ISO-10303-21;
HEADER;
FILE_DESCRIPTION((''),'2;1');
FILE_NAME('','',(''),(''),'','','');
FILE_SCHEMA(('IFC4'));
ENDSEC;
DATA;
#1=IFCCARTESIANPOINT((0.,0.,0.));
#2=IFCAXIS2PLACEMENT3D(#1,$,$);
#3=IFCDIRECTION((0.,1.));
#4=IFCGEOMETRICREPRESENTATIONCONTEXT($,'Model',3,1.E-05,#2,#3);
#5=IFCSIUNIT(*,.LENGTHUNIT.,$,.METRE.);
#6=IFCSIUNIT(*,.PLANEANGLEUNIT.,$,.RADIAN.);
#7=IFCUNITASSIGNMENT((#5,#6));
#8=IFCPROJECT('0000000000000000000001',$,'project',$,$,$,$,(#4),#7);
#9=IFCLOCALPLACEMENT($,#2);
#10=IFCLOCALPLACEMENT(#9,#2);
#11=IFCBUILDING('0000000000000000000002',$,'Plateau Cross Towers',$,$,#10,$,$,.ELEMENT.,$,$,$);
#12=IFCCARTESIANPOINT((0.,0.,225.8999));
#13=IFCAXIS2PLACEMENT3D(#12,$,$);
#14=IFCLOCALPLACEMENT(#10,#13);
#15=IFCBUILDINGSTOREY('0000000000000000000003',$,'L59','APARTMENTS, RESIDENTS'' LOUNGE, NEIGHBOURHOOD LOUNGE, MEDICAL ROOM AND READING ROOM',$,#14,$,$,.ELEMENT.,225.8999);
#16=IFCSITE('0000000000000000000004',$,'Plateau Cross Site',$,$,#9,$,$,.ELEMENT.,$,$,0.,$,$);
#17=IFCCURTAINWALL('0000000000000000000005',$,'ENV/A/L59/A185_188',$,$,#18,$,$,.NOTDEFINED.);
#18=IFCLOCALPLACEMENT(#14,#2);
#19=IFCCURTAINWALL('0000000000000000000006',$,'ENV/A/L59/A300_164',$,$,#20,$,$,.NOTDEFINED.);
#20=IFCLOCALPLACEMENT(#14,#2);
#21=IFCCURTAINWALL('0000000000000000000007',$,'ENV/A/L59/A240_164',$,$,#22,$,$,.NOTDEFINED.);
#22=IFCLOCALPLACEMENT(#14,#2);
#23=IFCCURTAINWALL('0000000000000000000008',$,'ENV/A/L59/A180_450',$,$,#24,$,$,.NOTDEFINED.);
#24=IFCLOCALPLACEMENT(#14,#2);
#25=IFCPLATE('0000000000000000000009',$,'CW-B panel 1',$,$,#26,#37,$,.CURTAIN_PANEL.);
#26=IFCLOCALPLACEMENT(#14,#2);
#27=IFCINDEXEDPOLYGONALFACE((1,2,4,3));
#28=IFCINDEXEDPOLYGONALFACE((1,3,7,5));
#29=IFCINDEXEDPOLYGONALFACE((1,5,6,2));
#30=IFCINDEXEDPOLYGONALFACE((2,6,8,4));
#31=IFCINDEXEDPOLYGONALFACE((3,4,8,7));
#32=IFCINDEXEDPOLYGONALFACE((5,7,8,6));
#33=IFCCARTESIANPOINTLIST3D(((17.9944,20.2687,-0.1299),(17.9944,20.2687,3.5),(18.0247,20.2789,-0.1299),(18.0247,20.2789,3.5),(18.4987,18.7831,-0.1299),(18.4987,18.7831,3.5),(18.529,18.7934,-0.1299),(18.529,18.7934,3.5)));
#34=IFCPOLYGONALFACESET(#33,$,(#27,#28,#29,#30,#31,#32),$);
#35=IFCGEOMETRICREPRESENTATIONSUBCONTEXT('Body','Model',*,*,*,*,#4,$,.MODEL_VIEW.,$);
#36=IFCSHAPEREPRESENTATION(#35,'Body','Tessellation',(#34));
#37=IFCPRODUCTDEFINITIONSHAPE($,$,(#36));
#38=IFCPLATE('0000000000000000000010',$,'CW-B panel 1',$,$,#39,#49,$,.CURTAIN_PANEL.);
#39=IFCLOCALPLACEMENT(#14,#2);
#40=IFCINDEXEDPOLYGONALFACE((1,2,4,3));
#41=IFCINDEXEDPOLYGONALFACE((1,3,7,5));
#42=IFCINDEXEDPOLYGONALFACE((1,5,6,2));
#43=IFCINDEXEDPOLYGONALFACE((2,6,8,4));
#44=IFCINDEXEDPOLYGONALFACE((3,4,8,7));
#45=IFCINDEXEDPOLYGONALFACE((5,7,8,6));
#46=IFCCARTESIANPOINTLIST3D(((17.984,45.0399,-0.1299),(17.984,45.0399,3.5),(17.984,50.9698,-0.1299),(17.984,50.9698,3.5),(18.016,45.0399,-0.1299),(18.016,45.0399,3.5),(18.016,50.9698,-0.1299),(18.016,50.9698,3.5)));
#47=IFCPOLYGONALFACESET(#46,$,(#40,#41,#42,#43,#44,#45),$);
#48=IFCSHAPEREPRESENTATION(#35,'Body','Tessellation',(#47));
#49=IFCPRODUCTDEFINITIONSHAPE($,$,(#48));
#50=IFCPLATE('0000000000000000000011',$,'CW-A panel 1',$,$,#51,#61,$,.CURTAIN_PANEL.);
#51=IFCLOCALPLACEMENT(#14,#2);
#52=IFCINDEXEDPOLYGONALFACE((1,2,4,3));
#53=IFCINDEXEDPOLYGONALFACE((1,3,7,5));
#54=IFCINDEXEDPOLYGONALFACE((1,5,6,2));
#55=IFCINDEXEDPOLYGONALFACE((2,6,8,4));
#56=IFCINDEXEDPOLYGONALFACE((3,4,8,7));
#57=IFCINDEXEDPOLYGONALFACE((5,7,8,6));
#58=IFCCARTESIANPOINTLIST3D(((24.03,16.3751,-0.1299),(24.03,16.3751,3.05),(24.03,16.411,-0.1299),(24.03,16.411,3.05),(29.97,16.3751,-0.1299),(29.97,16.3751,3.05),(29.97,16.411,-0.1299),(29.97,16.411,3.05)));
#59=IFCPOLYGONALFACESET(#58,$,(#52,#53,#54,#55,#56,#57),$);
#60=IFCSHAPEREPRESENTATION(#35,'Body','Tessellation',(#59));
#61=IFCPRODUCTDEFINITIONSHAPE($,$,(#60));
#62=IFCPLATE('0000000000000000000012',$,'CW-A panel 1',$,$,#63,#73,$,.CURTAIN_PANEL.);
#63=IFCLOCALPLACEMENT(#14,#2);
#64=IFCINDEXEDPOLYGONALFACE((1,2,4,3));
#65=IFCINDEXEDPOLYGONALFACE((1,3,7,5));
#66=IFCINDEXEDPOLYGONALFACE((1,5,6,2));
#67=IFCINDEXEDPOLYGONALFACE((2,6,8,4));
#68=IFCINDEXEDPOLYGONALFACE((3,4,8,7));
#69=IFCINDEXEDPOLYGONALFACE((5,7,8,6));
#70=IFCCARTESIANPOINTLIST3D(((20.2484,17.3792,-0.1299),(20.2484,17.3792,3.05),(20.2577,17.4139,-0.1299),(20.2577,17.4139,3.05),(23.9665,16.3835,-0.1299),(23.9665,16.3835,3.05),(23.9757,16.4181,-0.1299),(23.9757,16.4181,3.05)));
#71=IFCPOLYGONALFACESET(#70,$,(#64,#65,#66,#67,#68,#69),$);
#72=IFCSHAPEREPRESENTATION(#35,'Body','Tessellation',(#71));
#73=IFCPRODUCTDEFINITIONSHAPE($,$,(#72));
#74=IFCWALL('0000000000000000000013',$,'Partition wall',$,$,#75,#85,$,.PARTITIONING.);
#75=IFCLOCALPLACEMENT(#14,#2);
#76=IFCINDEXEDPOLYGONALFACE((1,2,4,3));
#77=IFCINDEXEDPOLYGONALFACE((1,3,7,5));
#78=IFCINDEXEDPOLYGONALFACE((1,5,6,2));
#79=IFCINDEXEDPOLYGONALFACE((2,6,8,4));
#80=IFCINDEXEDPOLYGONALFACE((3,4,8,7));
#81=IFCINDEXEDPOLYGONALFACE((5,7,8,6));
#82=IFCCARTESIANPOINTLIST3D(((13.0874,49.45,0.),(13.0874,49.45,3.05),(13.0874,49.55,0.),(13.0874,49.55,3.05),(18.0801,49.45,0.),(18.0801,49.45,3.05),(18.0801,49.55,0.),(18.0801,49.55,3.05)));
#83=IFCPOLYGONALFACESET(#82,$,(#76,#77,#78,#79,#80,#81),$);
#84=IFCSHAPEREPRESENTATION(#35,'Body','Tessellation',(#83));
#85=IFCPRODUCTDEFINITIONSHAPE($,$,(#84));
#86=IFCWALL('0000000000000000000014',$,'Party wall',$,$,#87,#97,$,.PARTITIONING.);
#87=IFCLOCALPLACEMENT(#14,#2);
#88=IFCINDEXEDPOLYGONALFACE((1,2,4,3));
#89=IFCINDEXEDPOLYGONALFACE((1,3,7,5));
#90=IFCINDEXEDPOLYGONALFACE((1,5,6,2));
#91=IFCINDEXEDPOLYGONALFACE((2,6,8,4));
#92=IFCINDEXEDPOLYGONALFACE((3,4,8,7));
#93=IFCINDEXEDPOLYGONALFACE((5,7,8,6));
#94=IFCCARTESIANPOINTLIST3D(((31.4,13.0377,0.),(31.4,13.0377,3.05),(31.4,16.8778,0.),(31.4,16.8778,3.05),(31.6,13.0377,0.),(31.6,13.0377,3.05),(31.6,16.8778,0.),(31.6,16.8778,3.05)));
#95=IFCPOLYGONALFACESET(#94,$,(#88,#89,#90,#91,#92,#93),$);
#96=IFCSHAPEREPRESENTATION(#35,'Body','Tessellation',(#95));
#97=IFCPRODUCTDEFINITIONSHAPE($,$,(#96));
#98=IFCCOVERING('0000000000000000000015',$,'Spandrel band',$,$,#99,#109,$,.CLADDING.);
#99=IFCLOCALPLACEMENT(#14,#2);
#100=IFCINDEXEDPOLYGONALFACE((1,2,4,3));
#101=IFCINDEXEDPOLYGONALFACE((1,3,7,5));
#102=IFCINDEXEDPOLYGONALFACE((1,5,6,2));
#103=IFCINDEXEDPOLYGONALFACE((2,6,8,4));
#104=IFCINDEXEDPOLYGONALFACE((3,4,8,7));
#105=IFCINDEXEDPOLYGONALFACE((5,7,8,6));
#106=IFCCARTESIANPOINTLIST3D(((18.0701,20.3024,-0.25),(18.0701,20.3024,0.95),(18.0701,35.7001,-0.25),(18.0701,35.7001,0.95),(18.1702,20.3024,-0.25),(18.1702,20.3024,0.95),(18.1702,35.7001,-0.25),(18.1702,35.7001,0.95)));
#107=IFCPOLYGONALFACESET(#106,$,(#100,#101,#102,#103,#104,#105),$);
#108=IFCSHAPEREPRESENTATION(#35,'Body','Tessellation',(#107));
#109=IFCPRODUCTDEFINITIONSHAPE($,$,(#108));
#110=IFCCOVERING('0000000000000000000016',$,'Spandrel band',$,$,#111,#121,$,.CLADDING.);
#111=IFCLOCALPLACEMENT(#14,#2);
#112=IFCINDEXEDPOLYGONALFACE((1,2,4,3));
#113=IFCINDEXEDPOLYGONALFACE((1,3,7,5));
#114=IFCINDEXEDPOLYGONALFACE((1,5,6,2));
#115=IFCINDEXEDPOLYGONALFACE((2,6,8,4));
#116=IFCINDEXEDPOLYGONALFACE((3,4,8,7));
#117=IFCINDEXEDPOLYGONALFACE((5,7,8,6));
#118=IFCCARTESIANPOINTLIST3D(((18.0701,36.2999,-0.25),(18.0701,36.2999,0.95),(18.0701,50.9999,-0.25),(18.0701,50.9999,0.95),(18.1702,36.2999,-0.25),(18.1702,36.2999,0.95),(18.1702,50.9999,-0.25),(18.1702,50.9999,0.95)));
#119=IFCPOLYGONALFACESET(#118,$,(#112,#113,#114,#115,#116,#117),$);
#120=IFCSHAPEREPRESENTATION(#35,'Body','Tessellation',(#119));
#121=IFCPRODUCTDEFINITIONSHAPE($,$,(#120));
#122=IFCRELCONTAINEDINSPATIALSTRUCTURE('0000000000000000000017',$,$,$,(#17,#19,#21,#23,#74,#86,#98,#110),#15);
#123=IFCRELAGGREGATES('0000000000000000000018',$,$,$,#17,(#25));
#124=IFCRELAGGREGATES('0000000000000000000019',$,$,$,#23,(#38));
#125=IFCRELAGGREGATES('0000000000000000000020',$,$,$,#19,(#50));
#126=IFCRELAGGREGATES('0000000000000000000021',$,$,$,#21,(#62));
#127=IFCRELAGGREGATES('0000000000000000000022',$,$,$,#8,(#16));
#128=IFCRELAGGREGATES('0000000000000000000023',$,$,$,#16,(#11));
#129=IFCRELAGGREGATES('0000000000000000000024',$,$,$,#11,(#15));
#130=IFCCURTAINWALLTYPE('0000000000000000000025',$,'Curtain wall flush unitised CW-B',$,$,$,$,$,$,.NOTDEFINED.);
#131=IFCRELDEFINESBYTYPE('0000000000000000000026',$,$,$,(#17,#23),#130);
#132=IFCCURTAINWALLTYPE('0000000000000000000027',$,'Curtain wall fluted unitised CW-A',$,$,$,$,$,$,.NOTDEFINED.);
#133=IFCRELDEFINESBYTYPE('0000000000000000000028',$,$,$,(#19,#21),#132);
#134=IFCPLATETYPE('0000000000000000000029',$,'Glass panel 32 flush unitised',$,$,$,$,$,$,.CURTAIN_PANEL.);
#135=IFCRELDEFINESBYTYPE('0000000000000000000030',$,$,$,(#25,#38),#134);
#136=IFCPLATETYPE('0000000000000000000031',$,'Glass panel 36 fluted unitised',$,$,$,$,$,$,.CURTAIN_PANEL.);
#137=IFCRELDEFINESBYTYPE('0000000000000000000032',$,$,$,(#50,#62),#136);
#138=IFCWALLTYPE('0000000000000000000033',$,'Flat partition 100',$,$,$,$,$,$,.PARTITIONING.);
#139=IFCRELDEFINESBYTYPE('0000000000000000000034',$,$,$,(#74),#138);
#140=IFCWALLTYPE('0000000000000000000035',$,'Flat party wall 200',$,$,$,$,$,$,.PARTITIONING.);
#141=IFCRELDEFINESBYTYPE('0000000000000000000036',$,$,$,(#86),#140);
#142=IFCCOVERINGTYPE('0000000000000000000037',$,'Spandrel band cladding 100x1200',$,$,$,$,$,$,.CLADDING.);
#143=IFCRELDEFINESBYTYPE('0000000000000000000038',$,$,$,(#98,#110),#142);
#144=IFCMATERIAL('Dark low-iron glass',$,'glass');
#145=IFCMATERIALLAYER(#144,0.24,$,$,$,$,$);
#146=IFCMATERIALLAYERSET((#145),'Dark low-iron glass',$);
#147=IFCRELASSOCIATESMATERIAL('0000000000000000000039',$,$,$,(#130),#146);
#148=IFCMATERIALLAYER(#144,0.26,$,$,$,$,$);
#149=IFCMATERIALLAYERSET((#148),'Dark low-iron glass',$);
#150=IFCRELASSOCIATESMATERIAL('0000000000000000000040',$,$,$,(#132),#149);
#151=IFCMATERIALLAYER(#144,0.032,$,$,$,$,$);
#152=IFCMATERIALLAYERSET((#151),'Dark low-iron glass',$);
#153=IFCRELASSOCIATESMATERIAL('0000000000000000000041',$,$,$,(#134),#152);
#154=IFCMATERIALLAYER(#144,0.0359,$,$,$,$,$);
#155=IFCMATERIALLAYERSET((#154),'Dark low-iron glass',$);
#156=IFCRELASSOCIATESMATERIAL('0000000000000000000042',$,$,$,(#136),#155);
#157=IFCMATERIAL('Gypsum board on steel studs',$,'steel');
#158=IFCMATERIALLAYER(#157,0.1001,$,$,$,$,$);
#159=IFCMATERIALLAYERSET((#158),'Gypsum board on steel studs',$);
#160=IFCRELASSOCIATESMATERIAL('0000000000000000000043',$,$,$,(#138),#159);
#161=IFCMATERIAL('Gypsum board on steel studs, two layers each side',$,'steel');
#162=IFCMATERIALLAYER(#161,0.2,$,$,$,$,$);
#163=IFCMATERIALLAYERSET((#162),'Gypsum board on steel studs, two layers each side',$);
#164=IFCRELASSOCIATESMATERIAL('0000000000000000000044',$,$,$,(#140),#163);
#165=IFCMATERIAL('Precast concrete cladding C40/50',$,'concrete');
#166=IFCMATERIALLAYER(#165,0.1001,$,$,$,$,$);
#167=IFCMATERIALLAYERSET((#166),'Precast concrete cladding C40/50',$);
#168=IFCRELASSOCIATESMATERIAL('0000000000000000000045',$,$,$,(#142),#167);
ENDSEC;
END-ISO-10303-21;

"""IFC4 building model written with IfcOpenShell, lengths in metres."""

from ifc_helpers import new_model, si_unit, direction, frame, frame_2d, origin, origin_2d, place, context, subcontext, project, spatial, rectangle, extrude, material, layer, layer_set, type_object, element, aggregate, save


model = new_model("IFC4")

# Units and contexts
model_context = context("Model", 3, precision=1e-05, world=origin(), true_north=direction((0.0, 1.0)))
body_context = subcontext(model_context, "Body", "Model", "MODEL_VIEW")
ifc_project = project(units=[si_unit("LENGTHUNIT", "METRE"), si_unit("PLANEANGLEUNIT", "RADIAN")], contexts=[model_context])

# Site, building, storey
site_placement = place(None, origin())
site = spatial("IfcSite", under=ifc_project, at=site_placement, Name="Plateau Cross Site", CompositionType="ELEMENT", RefElevation=0.0)
building_placement = place(site_placement, origin())
building = spatial("IfcBuilding", under=site, at=building_placement, Name="Plateau Cross Towers", CompositionType="ELEMENT")
storey_placement = place(building_placement, frame((0.0, 0.0, 225.8999)))
storey = spatial("IfcBuildingStorey", under=building, at=storey_placement, Name="L59", Description="APARTMENTS, RESIDENTS' LOUNGE, NEIGHBOURHOOD LOUNGE, MEDICAL ROOM AND READING ROOM", CompositionType="ELEMENT", Elevation=225.8999)

# Shared definitions
ifc_material_1 = material(Name="Dark low-iron glass", Category="glass")
ifc_layer_1 = layer(ifc_material_1, 0.24)
ifc_layer_set_1 = layer_set([ifc_layer_1], Name="Dark low-iron glass")
curtain_wall_type_1 = type_object("IfcCurtainWallType", Name="Curtain wall flush unitised CW-B", PredefinedType="NOTDEFINED", material=ifc_layer_set_1)

# Curtain walls
curtain_wall_1_placement = place(storey_placement, origin())
curtain_wall_1 = element("IfcCurtainWall", 1, at=curtain_wall_1_placement, inside=storey, type_object=curtain_wall_type_1, Name="ENV/A/L59/A185_188", PredefinedType="NOTDEFINED")
ifc_layer_2 = layer(ifc_material_1, 0.26)
ifc_layer_set_2 = layer_set([ifc_layer_2], Name="Dark low-iron glass")
curtain_wall_type_2 = type_object("IfcCurtainWallType", Name="Curtain wall fluted unitised CW-A", PredefinedType="NOTDEFINED", material=ifc_layer_set_2)
curtain_wall_2_placement = place(storey_placement, origin())
curtain_wall_2 = element("IfcCurtainWall", 2, at=curtain_wall_2_placement, inside=storey, type_object=curtain_wall_type_2, Name="ENV/A/L59/A300_164", PredefinedType="NOTDEFINED")
curtain_wall_3_placement = place(storey_placement, origin())
curtain_wall_3 = element("IfcCurtainWall", 3, at=curtain_wall_3_placement, inside=storey, type_object=curtain_wall_type_2, Name="ENV/A/L59/A240_164", PredefinedType="NOTDEFINED")

# Curtain wall
curtain_wall_4_placement = place(storey_placement, origin())
curtain_wall_4 = element("IfcCurtainWall", 4, at=curtain_wall_4_placement, inside=storey, type_object=curtain_wall_type_1, Name="ENV/A/L59/A180_450", PredefinedType="NOTDEFINED")

# Plates
ifc_layer_3 = layer(ifc_material_1, 0.032)
ifc_layer_set_3 = layer_set([ifc_layer_3], Name="Dark low-iron glass")
plate_type_1 = type_object("IfcPlateType", Name="Glass panel 32 flush unitised", PredefinedType="CURTAIN_PANEL", material=ifc_layer_set_3)
plate_1_placement = place(storey_placement, frame((18.2617, 19.531, -0.1299), z_axis=(0.0, 0.0, 1.0), x_axis=(-0.321469, 0.94692, 0.0)))
plate_1 = element("IfcPlate", 5, at=plate_1_placement, type_object=plate_type_1, Name="CW-B panel 1", PredefinedType="CURTAIN_PANEL", context=body_context, shape_type="SweptSolid", body=[
    extrude(rectangle(XDim=1.5688, YDim=0.032, at=origin_2d()), origin(), (0.0, 0.0, 1.0), 3.6299),
])
aggregate(curtain_wall_1, [plate_1])
plate_2_placement = place(storey_placement, frame((18.0, 48.0049, -0.1299), z_axis=(0.0, 0.0, 1.0), x_axis=(0.0, 1.0, 0.0)))
plate_2 = element("IfcPlate", 6, at=plate_2_placement, type_object=plate_type_1, Name="CW-B panel 1", PredefinedType="CURTAIN_PANEL", context=body_context, shape_type="SweptSolid", body=[
    extrude(rectangle(XDim=5.9299, YDim=0.032, at=origin_2d()), origin(), (0.0, 0.0, 1.0), 3.6299),
])
aggregate(curtain_wall_4, [plate_2])
ifc_layer_4 = layer(ifc_material_1, 0.0359)
ifc_layer_set_4 = layer_set([ifc_layer_4], Name="Dark low-iron glass")
plate_type_2 = type_object("IfcPlateType", Name="Glass panel 36 fluted unitised", PredefinedType="CURTAIN_PANEL", material=ifc_layer_set_4)
plate_3_placement = place(storey_placement, frame((27.0, 16.3931, -0.1299), z_axis=(0.0, 0.0, 1.0), x_axis=(-1.0, 0.0, 0.0)))
plate_3 = element("IfcPlate", 7, at=plate_3_placement, type_object=plate_type_2, Name="CW-A panel 1", PredefinedType="CURTAIN_PANEL", context=body_context, shape_type="SweptSolid", body=[
    extrude(rectangle(XDim=5.9399, YDim=0.0359, at=origin_2d()), origin(), (0.0, 0.0, 1.0), 3.1799),
])
aggregate(curtain_wall_2, [plate_3])
plate_4_placement = place(storey_placement, frame((22.1121, 16.8987, -0.1299), z_axis=(0.0, 0.0, 1.0), x_axis=(-0.965958, 0.258699, 0.0)))
plate_4 = element("IfcPlate", 8, at=plate_4_placement, type_object=plate_type_2, Name="CW-A panel 1", PredefinedType="CURTAIN_PANEL", context=body_context, shape_type="SweptSolid", body=[
    extrude(rectangle(XDim=3.8491, YDim=0.0359, at=origin_2d()), origin(), (0.0, 0.0, 1.0), 3.1799),
])
aggregate(curtain_wall_3, [plate_4])

# Walls
ifc_material_2 = material(Name="Gypsum board on steel studs", Category="steel")
ifc_layer_5 = layer(ifc_material_2, 0.1001)
ifc_layer_set_5 = layer_set([ifc_layer_5], Name="Gypsum board on steel studs")
wall_type_1 = type_object("IfcWallType", Name="Flat partition 100", PredefinedType="PARTITIONING", material=ifc_layer_set_5)
wall_1_placement = place(storey_placement, frame((18.0801, 49.5, 0.0), z_axis=(0.0, 0.0, 1.0), x_axis=(-1.0, 0.0, 0.0)))
element("IfcWall", 9, at=wall_1_placement, inside=storey, type_object=wall_type_1, Name="Partition wall", PredefinedType="PARTITIONING", context=body_context, shape_type="SweptSolid", body=[
    extrude(rectangle(XDim=4.9927, YDim=0.1001, at=frame_2d((2.4963, 0.0))), origin(), (0.0, 0.0, 1.0), 3.05),
])
ifc_material_3 = material(Name="Gypsum board on steel studs, two layers each side", Category="steel")
ifc_layer_6 = layer(ifc_material_3, 0.2)
ifc_layer_set_6 = layer_set([ifc_layer_6], Name="Gypsum board on steel studs, two layers each side")
wall_type_2 = type_object("IfcWallType", Name="Flat party wall 200", PredefinedType="PARTITIONING", material=ifc_layer_set_6)
wall_2_placement = place(storey_placement, frame((31.5, 16.8777, 0.0), z_axis=(0.0, 0.0, 1.0), x_axis=(0.0, -1.0, 0.0)))
element("IfcWall", 10, at=wall_2_placement, inside=storey, type_object=wall_type_2, Name="Party wall", PredefinedType="PARTITIONING", context=body_context, shape_type="SweptSolid", body=[
    extrude(rectangle(XDim=3.8401, YDim=0.2, at=frame_2d((1.9199, 0.0))), origin(), (0.0, 0.0, 1.0), 3.05),
])

# Coverings
ifc_material_4 = material(Name="Precast concrete cladding C40/50", Category="concrete")
ifc_layer_7 = layer(ifc_material_4, 0.1001)
ifc_layer_set_7 = layer_set([ifc_layer_7], Name="Precast concrete cladding C40/50")
covering_type = type_object("IfcCoveringType", Name="Spandrel band cladding 100x1200", PredefinedType="CLADDING", material=ifc_layer_set_7)
covering_1_placement = place(storey_placement, frame((18.1201, 28.0012, -0.25), z_axis=(0.0, 0.0, 1.0), x_axis=(0.0, 1.0, 0.0)))
element("IfcCovering", 11, at=covering_1_placement, inside=storey, type_object=covering_type, Name="Spandrel band", PredefinedType="CLADDING", context=body_context, shape_type="SweptSolid", body=[
    extrude(rectangle(XDim=15.3977, YDim=0.1001, at=origin_2d()), origin(), (0.0, 0.0, 1.0), 1.2),
])
covering_2_placement = place(storey_placement, frame((18.1201, 43.6499, -0.25), z_axis=(0.0, 0.0, 1.0), x_axis=(0.0, 1.0, 0.0)))
element("IfcCovering", 12, at=covering_2_placement, inside=storey, type_object=covering_type, Name="Spandrel band", PredefinedType="CLADDING", context=body_context, shape_type="SweptSolid", body=[
    extrude(rectangle(XDim=14.7, YDim=0.1001, at=origin_2d()), origin(), (0.0, 0.0, 1.0), 1.2),
])

save(model, "model.ifc")
